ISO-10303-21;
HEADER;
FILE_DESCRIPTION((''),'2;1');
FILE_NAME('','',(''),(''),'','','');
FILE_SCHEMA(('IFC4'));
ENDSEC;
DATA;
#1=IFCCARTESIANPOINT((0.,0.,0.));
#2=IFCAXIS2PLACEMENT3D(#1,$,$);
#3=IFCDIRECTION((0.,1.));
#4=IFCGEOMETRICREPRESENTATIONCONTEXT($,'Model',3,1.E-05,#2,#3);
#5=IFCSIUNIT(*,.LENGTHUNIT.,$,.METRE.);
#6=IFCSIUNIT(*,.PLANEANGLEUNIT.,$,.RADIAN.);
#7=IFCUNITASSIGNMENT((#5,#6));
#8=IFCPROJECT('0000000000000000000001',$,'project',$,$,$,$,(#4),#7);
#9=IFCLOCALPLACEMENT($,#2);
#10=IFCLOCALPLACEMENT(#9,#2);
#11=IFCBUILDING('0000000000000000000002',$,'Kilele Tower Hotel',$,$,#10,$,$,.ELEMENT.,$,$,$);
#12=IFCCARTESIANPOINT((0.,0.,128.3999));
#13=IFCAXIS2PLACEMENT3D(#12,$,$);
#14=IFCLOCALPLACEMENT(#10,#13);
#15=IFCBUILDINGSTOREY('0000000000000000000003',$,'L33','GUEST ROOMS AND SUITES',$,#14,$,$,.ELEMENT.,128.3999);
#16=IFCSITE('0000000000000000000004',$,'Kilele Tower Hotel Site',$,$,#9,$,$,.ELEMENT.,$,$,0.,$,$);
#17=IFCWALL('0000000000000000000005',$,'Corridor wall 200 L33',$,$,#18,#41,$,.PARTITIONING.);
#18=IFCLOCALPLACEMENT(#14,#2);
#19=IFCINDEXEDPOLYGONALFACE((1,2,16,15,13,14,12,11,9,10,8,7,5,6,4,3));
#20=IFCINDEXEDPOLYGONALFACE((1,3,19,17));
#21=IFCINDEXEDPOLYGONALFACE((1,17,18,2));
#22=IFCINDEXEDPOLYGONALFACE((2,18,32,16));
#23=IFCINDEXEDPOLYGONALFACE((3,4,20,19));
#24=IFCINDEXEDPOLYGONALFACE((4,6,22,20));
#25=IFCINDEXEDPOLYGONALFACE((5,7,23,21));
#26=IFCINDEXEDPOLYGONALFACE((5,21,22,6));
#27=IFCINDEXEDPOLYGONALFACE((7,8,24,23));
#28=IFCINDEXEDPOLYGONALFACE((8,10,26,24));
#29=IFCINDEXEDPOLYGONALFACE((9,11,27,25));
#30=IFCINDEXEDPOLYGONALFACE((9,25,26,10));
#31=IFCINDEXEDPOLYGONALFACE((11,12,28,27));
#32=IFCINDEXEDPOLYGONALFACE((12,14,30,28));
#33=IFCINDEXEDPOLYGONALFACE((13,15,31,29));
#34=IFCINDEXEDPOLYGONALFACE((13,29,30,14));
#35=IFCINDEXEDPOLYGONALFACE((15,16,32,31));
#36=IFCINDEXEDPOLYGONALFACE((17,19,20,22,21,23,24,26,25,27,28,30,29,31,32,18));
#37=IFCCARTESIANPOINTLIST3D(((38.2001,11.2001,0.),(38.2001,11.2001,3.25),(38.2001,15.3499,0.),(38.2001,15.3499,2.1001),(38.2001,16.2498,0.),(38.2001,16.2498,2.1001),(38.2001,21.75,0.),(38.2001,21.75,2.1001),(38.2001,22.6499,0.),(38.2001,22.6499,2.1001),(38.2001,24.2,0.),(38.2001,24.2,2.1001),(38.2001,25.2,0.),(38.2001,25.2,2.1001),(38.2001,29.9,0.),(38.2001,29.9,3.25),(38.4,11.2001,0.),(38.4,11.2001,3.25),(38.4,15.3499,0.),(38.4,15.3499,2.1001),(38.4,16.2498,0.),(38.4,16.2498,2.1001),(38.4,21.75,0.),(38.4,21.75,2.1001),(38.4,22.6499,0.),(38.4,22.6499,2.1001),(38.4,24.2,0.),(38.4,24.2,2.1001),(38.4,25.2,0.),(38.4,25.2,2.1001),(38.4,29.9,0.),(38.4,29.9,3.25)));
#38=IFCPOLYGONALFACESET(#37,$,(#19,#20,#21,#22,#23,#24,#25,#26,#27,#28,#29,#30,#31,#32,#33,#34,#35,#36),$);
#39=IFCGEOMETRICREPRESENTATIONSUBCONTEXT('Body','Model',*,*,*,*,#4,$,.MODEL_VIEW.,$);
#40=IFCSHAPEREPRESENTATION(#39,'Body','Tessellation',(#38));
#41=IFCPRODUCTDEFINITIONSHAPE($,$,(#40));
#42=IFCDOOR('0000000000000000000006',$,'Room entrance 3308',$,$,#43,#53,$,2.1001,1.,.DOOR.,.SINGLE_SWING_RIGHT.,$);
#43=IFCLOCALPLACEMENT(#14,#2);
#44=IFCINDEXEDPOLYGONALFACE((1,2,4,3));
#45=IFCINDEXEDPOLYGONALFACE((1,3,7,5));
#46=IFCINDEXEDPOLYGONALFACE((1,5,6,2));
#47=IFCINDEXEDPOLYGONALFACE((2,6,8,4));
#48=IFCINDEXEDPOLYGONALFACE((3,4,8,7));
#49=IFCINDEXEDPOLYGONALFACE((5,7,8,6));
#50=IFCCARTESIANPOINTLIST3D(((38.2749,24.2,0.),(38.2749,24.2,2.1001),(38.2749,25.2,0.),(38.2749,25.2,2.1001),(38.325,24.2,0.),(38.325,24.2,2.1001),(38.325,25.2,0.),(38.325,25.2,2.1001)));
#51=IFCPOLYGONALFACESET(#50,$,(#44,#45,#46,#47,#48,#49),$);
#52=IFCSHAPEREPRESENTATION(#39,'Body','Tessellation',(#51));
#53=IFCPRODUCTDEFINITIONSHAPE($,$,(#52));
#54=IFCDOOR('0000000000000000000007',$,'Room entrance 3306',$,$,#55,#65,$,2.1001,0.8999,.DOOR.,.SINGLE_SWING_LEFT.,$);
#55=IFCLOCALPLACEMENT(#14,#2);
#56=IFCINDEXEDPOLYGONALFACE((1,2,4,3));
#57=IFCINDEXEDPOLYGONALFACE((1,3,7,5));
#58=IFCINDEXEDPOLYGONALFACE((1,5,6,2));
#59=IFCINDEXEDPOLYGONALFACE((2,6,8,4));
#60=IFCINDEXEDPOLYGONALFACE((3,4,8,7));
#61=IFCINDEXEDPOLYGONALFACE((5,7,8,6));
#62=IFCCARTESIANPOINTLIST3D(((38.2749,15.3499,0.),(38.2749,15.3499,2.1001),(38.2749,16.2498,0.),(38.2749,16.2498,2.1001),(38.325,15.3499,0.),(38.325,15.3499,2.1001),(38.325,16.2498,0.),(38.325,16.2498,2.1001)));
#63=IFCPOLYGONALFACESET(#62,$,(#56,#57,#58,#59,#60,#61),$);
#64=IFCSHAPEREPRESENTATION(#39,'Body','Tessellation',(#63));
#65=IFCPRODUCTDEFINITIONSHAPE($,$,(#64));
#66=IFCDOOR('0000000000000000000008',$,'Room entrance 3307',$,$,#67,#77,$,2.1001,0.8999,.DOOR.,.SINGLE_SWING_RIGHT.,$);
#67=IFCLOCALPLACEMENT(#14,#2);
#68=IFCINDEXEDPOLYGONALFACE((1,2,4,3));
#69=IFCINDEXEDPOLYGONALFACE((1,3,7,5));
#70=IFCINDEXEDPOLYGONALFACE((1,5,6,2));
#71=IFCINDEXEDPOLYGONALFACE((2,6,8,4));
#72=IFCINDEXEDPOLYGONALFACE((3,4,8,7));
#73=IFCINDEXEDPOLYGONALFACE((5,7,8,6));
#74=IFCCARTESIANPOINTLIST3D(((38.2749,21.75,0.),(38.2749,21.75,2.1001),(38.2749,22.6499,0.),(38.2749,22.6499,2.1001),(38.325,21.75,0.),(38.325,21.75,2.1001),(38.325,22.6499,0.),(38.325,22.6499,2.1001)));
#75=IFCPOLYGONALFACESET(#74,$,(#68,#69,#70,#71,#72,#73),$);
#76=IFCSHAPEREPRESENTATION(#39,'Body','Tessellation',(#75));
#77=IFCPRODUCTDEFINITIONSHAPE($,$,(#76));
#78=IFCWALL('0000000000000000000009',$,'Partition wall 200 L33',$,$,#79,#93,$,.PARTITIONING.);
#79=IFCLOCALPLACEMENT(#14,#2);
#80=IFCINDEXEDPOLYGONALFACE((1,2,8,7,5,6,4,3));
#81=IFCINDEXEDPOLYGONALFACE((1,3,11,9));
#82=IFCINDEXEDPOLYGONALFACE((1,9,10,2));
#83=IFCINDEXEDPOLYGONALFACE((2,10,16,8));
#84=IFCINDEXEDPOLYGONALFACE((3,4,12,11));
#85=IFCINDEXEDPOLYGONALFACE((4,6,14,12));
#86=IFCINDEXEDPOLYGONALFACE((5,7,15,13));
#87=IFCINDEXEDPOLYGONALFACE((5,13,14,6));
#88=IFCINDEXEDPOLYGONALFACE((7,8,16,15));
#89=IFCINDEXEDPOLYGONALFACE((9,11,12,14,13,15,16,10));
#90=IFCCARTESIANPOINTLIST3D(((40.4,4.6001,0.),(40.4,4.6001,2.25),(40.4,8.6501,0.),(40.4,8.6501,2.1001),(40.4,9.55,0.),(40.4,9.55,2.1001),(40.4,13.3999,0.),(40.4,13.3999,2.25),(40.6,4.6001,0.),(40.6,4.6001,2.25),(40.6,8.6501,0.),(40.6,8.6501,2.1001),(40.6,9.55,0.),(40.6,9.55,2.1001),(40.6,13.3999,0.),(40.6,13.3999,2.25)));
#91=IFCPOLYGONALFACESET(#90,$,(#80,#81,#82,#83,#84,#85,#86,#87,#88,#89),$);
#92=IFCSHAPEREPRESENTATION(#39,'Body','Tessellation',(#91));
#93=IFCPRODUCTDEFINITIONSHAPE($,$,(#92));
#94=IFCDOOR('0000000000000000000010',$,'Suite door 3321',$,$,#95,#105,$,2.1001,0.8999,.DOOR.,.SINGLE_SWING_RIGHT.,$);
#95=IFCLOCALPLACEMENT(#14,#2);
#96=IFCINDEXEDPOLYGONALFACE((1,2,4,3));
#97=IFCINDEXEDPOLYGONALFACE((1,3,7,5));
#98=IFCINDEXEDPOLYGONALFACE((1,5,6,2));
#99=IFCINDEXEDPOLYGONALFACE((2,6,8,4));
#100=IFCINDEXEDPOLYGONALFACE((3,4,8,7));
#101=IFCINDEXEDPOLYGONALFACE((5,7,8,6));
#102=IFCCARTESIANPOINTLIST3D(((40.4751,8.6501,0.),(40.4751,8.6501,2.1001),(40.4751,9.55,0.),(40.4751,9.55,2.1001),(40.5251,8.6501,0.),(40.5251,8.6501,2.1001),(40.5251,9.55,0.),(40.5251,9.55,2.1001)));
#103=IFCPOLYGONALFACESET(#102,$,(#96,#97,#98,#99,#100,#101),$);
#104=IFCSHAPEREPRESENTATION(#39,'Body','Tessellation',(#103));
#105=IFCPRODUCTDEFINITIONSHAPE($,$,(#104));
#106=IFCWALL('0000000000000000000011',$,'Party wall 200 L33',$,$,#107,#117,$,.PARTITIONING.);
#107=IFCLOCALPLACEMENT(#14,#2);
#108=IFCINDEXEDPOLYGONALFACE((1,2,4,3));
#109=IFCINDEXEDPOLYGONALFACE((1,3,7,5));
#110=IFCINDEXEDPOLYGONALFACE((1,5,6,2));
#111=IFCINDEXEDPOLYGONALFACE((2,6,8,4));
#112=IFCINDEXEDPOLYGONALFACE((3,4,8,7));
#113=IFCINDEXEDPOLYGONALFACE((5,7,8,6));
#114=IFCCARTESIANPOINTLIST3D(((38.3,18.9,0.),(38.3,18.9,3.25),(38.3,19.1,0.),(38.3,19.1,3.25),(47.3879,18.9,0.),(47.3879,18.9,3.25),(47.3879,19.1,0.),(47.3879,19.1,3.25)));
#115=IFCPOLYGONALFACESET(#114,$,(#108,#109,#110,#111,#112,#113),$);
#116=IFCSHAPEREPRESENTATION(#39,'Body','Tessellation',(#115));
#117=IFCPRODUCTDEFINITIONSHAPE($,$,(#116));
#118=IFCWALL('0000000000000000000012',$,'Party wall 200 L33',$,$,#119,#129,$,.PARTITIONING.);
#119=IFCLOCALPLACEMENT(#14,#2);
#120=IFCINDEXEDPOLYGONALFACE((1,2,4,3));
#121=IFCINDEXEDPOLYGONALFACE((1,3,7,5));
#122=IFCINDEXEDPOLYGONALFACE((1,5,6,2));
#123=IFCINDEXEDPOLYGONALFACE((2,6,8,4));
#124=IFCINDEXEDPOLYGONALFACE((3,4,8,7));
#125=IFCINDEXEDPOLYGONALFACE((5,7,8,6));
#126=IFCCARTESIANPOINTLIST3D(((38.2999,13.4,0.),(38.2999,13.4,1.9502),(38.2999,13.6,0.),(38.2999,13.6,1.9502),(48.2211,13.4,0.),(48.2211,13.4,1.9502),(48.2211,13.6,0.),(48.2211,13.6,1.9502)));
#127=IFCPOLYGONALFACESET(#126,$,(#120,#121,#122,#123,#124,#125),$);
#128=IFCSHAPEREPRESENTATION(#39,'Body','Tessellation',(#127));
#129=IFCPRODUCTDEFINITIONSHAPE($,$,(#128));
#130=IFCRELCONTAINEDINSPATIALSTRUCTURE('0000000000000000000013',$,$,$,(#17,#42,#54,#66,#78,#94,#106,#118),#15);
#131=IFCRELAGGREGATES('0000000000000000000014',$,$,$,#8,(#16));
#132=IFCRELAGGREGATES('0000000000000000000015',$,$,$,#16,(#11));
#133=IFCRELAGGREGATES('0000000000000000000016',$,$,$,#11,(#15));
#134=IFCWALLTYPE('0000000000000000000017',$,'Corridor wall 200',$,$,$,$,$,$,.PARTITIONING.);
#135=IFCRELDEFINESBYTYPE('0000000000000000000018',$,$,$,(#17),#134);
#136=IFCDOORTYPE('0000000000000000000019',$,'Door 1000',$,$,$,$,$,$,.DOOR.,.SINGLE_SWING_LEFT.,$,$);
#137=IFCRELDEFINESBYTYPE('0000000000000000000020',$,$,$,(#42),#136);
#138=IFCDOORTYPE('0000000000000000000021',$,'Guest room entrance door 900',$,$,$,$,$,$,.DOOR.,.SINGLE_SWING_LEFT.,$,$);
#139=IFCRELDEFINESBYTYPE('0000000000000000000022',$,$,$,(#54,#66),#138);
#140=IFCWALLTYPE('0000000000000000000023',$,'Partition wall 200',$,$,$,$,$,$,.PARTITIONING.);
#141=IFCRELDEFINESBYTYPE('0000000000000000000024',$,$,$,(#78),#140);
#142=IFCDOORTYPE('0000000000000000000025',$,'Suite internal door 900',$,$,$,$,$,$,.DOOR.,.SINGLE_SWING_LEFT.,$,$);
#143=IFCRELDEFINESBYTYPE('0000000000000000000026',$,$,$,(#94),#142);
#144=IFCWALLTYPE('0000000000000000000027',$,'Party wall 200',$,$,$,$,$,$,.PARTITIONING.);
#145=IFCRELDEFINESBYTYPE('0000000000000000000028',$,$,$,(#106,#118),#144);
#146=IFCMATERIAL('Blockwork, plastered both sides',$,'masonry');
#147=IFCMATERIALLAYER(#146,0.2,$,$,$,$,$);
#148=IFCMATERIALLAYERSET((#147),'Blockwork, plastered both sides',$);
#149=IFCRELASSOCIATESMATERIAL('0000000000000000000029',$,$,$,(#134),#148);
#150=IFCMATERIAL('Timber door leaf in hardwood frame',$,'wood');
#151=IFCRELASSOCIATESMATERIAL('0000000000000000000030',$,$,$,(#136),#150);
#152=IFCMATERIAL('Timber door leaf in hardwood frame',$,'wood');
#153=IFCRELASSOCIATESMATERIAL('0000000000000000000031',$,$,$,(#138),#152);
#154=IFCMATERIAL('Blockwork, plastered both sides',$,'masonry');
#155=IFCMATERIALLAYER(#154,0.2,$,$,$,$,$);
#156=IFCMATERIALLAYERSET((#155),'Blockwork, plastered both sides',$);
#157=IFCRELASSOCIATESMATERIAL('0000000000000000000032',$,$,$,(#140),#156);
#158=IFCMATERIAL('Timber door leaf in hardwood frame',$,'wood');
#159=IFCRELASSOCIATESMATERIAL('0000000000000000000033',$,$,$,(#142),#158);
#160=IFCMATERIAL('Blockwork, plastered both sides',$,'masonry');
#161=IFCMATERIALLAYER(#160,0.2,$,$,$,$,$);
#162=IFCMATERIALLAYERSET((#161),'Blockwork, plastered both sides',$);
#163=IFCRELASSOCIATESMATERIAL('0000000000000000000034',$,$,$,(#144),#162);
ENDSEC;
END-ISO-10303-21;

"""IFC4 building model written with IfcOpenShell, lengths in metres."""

from ifc_helpers import new_model, si_unit, direction, frame, frame_2d, origin, place, context, subcontext, project, spatial, rectangle, extrude, material, layer, layer_set, type_object, element, fill, save


model = new_model("IFC4")

# Units and contexts
model_context = context("Model", 3, precision=1e-05, world=origin(), true_north=direction((0.0, 1.0)))
body_context = subcontext(model_context, "Body", "Model", "MODEL_VIEW")
ifc_project = project(units=[si_unit("LENGTHUNIT", "METRE"), si_unit("PLANEANGLEUNIT", "RADIAN")], contexts=[model_context])

# Site, building, storey
site_placement = place(None, origin())
site = spatial("IfcSite", under=ifc_project, at=site_placement, Name="Kilele Tower Hotel Site", CompositionType="ELEMENT", RefElevation=0.0)
building_placement = place(site_placement, origin())
building = spatial("IfcBuilding", under=site, at=building_placement, Name="Kilele Tower Hotel", CompositionType="ELEMENT")
storey_placement = place(building_placement, frame((0.0, 0.0, 128.3999)))
storey = spatial("IfcBuildingStorey", under=building, at=storey_placement, Name="L33", Description="GUEST ROOMS AND SUITES", CompositionType="ELEMENT", Elevation=128.3999)

# Wall, openings, doors
ifc_material_1 = material(Name="Blockwork, plastered both sides", Category="masonry")
ifc_layer_1 = layer(ifc_material_1, 0.2)
ifc_layer_set_1 = layer_set([ifc_layer_1], Name="Blockwork, plastered both sides")
wall_type_1 = type_object("IfcWallType", Name="Corridor wall 200", PredefinedType="PARTITIONING", material=ifc_layer_set_1)
wall_1_placement = place(storey_placement, frame((38.3, 11.2, 0.0), z_axis=(0.0, 0.0, 1.0), x_axis=(0.0, 1.0, 0.0)))
wall_1 = element("IfcWall", 1, at=wall_1_placement, inside=storey, type_object=wall_type_1, Name="Corridor wall 200 L33", PredefinedType="PARTITIONING", context=body_context, shape_type="SweptSolid", body=[
    extrude(rectangle(XDim=18.7, YDim=0.2, at=frame_2d((9.3501, 0.0))), origin(), (0.0, 0.0, 1.0), 3.25),
])
opening_1_placement = place(wall_1_placement, frame((5.0498, 0.0, 0.0), z_axis=(0.0, 0.0, 1.0), x_axis=(-1.0, 0.0, 0.0)))
opening_1 = element("IfcOpeningElement", 2, at=opening_1_placement, cuts=wall_1, PredefinedType="OPENING", context=body_context, shape_type="SweptSolid", body=[
    extrude(rectangle(XDim=0.8999, YDim=2.1001, at=frame_2d((0.45, 1.05))), frame((0.0, 0.1099, 0.0), z_axis=(0.0, -1.0, 0.0), x_axis=(1.0, 0.0, 0.0)), (0.0, 0.0, 1.0), 0.22),
])
opening_2_placement = place(wall_1_placement, frame((11.45, 0.0, 0.0), z_axis=(0.0, 0.0, 1.0), x_axis=(-1.0, 0.0, 0.0)))
opening_2 = element("IfcOpeningElement", 3, at=opening_2_placement, cuts=wall_1, PredefinedType="OPENING", context=body_context, shape_type="SweptSolid", body=[
    extrude(rectangle(XDim=0.8999, YDim=2.1001, at=frame_2d((0.45, 1.05))), frame((0.0, 0.1099, 0.0), z_axis=(0.0, -1.0, 0.0), x_axis=(1.0, 0.0, 0.0)), (0.0, 0.0, 1.0), 0.22),
])
opening_3_placement = place(wall_1_placement, frame((14.0, 0.0, 0.0), z_axis=(0.0, 0.0, 1.0), x_axis=(-1.0, 0.0, 0.0)))
opening_3 = element("IfcOpeningElement", 4, at=opening_3_placement, cuts=wall_1, PredefinedType="OPENING", context=body_context, shape_type="SweptSolid", body=[
    extrude(rectangle(XDim=1.0, YDim=2.1001, at=frame_2d((0.5, 1.05))), frame((0.0, 0.1099, 0.0), z_axis=(0.0, -1.0, 0.0), x_axis=(1.0, 0.0, 0.0)), (0.0, 0.0, 1.0), 0.22),
])
ifc_material_2 = material(Name="Timber door leaf in hardwood frame", Category="wood")
door_type_1 = type_object("IfcDoorType", Name="Door 1000", OperationType="SINGLE_SWING_LEFT", PredefinedType="DOOR", material=ifc_material_2)
door_1_placement = place(opening_3_placement, origin())
door_1 = element("IfcDoor", 5, at=door_1_placement, inside=storey, type_object=door_type_1, Name="Room entrance 3308", OperationType="SINGLE_SWING_RIGHT", OverallHeight=2.1001, OverallWidth=1.0, PredefinedType="DOOR", context=body_context, shape_type="SweptSolid", body=[
    extrude(rectangle(XDim=1.0, YDim=2.1001, at=frame_2d((0.5, 1.05))), frame((0.0, 0.0249, 0.0), z_axis=(0.0, -1.0, 0.0), x_axis=(1.0, 0.0, 0.0)), (0.0, 0.0, 1.0), 0.05),
])
fill(opening_3, door_1)
ifc_material_3 = material(Name="Timber door leaf in hardwood frame", Category="wood")
door_type_2 = type_object("IfcDoorType", Name="Guest room entrance door 900", OperationType="SINGLE_SWING_LEFT", PredefinedType="DOOR", material=ifc_material_3)
door_2_placement = place(opening_1_placement, origin())
door_2 = element("IfcDoor", 6, at=door_2_placement, inside=storey, type_object=door_type_2, Name="Room entrance 3306", OperationType="SINGLE_SWING_LEFT", OverallHeight=2.1001, OverallWidth=0.8999, PredefinedType="DOOR", context=body_context, shape_type="SweptSolid", body=[
    extrude(rectangle(XDim=0.8999, YDim=2.1001, at=frame_2d((0.45, 1.05))), frame((0.0, 0.0249, 0.0), z_axis=(0.0, -1.0, 0.0), x_axis=(1.0, 0.0, 0.0)), (0.0, 0.0, 1.0), 0.05),
])
fill(opening_1, door_2)
door_3_placement = place(opening_2_placement, origin())
door_3 = element("IfcDoor", 7, at=door_3_placement, inside=storey, type_object=door_type_2, Name="Room entrance 3307", OperationType="SINGLE_SWING_RIGHT", OverallHeight=2.1001, OverallWidth=0.8999, PredefinedType="DOOR", context=body_context, shape_type="SweptSolid", body=[
    extrude(rectangle(XDim=0.8999, YDim=2.1001, at=frame_2d((0.45, 1.05))), frame((0.0, 0.0249, 0.0), z_axis=(0.0, -1.0, 0.0), x_axis=(1.0, 0.0, 0.0)), (0.0, 0.0, 1.0), 0.05),
])
fill(opening_2, door_3)

# Wall, opening, door
ifc_material_4 = material(Name="Blockwork, plastered both sides", Category="masonry")
ifc_layer_2 = layer(ifc_material_4, 0.2)
ifc_layer_set_2 = layer_set([ifc_layer_2], Name="Blockwork, plastered both sides")
wall_type_2 = type_object("IfcWallType", Name="Partition wall 200", PredefinedType="PARTITIONING", material=ifc_layer_set_2)
wall_2_placement = place(storey_placement, frame((40.5, 4.6001, 0.0), z_axis=(0.0, 0.0, 1.0), x_axis=(0.0, 1.0, 0.0)))
wall_2 = element("IfcWall", 8, at=wall_2_placement, inside=storey, type_object=wall_type_2, Name="Partition wall 200 L33", PredefinedType="PARTITIONING", context=body_context, shape_type="SweptSolid", body=[
    extrude(rectangle(XDim=8.7998, YDim=0.2, at=frame_2d((4.3999, 0.0))), origin(), (0.0, 0.0, 1.0), 2.25),
])
opening_4_placement = place(wall_2_placement, frame((4.05, 0.0, 0.0)))
opening_4 = element("IfcOpeningElement", 9, at=opening_4_placement, cuts=wall_2, PredefinedType="OPENING", context=body_context, shape_type="SweptSolid", body=[
    extrude(rectangle(XDim=0.8999, YDim=2.1001, at=frame_2d((0.45, 1.05))), frame((0.0, 0.1099, 0.0), z_axis=(0.0, -1.0, 0.0), x_axis=(1.0, 0.0, 0.0)), (0.0, 0.0, 1.0), 0.22),
])
ifc_material_5 = material(Name="Timber door leaf in hardwood frame", Category="wood")
door_type_3 = type_object("IfcDoorType", Name="Suite internal door 900", OperationType="SINGLE_SWING_LEFT", PredefinedType="DOOR", material=ifc_material_5)
door_4_placement = place(opening_4_placement, origin())
door_4 = element("IfcDoor", 10, at=door_4_placement, inside=storey, type_object=door_type_3, Name="Suite door 3321", OperationType="SINGLE_SWING_RIGHT", OverallHeight=2.1001, OverallWidth=0.8999, PredefinedType="DOOR", context=body_context, shape_type="SweptSolid", body=[
    extrude(rectangle(XDim=0.8999, YDim=2.1001, at=frame_2d((0.45, 1.05))), frame((0.0, 0.0249, 0.0), z_axis=(0.0, -1.0, 0.0), x_axis=(1.0, 0.0, 0.0)), (0.0, 0.0, 1.0), 0.05),
])
fill(opening_4, door_4)

# Walls
ifc_material_6 = material(Name="Blockwork, plastered both sides", Category="masonry")
ifc_layer_3 = layer(ifc_material_6, 0.2)
ifc_layer_set_3 = layer_set([ifc_layer_3], Name="Blockwork, plastered both sides")
wall_type_3 = type_object("IfcWallType", Name="Party wall 200", PredefinedType="PARTITIONING", material=ifc_layer_set_3)
wall_3_placement = place(storey_placement, frame((38.3, 19.0, 0.0), z_axis=(0.0, 0.0, 1.0), x_axis=(1.0, 0.0, 0.0)))
element("IfcWall", 11, at=wall_3_placement, inside=storey, type_object=wall_type_3, Name="Party wall 200 L33", PredefinedType="PARTITIONING", context=body_context, shape_type="SweptSolid", body=[
    extrude(rectangle(XDim=9.0879, YDim=0.2, at=frame_2d((4.5439, 0.0))), origin(), (0.0, 0.0, 1.0), 3.25),
])
wall_4_placement = place(storey_placement, frame((38.3, 13.5, 0.0), z_axis=(0.0, 0.0, 1.0), x_axis=(1.0, 0.0, 0.0)))
element("IfcWall", 12, at=wall_4_placement, inside=storey, type_object=wall_type_3, Name="Party wall 200 L33", PredefinedType="PARTITIONING", context=body_context, shape_type="SweptSolid", body=[
    extrude(rectangle(XDim=9.9211, YDim=0.2, at=frame_2d((4.9604, 0.0))), origin(), (0.0, 0.0, 1.0), 1.9502),
])

save(model, "model.ifc")
